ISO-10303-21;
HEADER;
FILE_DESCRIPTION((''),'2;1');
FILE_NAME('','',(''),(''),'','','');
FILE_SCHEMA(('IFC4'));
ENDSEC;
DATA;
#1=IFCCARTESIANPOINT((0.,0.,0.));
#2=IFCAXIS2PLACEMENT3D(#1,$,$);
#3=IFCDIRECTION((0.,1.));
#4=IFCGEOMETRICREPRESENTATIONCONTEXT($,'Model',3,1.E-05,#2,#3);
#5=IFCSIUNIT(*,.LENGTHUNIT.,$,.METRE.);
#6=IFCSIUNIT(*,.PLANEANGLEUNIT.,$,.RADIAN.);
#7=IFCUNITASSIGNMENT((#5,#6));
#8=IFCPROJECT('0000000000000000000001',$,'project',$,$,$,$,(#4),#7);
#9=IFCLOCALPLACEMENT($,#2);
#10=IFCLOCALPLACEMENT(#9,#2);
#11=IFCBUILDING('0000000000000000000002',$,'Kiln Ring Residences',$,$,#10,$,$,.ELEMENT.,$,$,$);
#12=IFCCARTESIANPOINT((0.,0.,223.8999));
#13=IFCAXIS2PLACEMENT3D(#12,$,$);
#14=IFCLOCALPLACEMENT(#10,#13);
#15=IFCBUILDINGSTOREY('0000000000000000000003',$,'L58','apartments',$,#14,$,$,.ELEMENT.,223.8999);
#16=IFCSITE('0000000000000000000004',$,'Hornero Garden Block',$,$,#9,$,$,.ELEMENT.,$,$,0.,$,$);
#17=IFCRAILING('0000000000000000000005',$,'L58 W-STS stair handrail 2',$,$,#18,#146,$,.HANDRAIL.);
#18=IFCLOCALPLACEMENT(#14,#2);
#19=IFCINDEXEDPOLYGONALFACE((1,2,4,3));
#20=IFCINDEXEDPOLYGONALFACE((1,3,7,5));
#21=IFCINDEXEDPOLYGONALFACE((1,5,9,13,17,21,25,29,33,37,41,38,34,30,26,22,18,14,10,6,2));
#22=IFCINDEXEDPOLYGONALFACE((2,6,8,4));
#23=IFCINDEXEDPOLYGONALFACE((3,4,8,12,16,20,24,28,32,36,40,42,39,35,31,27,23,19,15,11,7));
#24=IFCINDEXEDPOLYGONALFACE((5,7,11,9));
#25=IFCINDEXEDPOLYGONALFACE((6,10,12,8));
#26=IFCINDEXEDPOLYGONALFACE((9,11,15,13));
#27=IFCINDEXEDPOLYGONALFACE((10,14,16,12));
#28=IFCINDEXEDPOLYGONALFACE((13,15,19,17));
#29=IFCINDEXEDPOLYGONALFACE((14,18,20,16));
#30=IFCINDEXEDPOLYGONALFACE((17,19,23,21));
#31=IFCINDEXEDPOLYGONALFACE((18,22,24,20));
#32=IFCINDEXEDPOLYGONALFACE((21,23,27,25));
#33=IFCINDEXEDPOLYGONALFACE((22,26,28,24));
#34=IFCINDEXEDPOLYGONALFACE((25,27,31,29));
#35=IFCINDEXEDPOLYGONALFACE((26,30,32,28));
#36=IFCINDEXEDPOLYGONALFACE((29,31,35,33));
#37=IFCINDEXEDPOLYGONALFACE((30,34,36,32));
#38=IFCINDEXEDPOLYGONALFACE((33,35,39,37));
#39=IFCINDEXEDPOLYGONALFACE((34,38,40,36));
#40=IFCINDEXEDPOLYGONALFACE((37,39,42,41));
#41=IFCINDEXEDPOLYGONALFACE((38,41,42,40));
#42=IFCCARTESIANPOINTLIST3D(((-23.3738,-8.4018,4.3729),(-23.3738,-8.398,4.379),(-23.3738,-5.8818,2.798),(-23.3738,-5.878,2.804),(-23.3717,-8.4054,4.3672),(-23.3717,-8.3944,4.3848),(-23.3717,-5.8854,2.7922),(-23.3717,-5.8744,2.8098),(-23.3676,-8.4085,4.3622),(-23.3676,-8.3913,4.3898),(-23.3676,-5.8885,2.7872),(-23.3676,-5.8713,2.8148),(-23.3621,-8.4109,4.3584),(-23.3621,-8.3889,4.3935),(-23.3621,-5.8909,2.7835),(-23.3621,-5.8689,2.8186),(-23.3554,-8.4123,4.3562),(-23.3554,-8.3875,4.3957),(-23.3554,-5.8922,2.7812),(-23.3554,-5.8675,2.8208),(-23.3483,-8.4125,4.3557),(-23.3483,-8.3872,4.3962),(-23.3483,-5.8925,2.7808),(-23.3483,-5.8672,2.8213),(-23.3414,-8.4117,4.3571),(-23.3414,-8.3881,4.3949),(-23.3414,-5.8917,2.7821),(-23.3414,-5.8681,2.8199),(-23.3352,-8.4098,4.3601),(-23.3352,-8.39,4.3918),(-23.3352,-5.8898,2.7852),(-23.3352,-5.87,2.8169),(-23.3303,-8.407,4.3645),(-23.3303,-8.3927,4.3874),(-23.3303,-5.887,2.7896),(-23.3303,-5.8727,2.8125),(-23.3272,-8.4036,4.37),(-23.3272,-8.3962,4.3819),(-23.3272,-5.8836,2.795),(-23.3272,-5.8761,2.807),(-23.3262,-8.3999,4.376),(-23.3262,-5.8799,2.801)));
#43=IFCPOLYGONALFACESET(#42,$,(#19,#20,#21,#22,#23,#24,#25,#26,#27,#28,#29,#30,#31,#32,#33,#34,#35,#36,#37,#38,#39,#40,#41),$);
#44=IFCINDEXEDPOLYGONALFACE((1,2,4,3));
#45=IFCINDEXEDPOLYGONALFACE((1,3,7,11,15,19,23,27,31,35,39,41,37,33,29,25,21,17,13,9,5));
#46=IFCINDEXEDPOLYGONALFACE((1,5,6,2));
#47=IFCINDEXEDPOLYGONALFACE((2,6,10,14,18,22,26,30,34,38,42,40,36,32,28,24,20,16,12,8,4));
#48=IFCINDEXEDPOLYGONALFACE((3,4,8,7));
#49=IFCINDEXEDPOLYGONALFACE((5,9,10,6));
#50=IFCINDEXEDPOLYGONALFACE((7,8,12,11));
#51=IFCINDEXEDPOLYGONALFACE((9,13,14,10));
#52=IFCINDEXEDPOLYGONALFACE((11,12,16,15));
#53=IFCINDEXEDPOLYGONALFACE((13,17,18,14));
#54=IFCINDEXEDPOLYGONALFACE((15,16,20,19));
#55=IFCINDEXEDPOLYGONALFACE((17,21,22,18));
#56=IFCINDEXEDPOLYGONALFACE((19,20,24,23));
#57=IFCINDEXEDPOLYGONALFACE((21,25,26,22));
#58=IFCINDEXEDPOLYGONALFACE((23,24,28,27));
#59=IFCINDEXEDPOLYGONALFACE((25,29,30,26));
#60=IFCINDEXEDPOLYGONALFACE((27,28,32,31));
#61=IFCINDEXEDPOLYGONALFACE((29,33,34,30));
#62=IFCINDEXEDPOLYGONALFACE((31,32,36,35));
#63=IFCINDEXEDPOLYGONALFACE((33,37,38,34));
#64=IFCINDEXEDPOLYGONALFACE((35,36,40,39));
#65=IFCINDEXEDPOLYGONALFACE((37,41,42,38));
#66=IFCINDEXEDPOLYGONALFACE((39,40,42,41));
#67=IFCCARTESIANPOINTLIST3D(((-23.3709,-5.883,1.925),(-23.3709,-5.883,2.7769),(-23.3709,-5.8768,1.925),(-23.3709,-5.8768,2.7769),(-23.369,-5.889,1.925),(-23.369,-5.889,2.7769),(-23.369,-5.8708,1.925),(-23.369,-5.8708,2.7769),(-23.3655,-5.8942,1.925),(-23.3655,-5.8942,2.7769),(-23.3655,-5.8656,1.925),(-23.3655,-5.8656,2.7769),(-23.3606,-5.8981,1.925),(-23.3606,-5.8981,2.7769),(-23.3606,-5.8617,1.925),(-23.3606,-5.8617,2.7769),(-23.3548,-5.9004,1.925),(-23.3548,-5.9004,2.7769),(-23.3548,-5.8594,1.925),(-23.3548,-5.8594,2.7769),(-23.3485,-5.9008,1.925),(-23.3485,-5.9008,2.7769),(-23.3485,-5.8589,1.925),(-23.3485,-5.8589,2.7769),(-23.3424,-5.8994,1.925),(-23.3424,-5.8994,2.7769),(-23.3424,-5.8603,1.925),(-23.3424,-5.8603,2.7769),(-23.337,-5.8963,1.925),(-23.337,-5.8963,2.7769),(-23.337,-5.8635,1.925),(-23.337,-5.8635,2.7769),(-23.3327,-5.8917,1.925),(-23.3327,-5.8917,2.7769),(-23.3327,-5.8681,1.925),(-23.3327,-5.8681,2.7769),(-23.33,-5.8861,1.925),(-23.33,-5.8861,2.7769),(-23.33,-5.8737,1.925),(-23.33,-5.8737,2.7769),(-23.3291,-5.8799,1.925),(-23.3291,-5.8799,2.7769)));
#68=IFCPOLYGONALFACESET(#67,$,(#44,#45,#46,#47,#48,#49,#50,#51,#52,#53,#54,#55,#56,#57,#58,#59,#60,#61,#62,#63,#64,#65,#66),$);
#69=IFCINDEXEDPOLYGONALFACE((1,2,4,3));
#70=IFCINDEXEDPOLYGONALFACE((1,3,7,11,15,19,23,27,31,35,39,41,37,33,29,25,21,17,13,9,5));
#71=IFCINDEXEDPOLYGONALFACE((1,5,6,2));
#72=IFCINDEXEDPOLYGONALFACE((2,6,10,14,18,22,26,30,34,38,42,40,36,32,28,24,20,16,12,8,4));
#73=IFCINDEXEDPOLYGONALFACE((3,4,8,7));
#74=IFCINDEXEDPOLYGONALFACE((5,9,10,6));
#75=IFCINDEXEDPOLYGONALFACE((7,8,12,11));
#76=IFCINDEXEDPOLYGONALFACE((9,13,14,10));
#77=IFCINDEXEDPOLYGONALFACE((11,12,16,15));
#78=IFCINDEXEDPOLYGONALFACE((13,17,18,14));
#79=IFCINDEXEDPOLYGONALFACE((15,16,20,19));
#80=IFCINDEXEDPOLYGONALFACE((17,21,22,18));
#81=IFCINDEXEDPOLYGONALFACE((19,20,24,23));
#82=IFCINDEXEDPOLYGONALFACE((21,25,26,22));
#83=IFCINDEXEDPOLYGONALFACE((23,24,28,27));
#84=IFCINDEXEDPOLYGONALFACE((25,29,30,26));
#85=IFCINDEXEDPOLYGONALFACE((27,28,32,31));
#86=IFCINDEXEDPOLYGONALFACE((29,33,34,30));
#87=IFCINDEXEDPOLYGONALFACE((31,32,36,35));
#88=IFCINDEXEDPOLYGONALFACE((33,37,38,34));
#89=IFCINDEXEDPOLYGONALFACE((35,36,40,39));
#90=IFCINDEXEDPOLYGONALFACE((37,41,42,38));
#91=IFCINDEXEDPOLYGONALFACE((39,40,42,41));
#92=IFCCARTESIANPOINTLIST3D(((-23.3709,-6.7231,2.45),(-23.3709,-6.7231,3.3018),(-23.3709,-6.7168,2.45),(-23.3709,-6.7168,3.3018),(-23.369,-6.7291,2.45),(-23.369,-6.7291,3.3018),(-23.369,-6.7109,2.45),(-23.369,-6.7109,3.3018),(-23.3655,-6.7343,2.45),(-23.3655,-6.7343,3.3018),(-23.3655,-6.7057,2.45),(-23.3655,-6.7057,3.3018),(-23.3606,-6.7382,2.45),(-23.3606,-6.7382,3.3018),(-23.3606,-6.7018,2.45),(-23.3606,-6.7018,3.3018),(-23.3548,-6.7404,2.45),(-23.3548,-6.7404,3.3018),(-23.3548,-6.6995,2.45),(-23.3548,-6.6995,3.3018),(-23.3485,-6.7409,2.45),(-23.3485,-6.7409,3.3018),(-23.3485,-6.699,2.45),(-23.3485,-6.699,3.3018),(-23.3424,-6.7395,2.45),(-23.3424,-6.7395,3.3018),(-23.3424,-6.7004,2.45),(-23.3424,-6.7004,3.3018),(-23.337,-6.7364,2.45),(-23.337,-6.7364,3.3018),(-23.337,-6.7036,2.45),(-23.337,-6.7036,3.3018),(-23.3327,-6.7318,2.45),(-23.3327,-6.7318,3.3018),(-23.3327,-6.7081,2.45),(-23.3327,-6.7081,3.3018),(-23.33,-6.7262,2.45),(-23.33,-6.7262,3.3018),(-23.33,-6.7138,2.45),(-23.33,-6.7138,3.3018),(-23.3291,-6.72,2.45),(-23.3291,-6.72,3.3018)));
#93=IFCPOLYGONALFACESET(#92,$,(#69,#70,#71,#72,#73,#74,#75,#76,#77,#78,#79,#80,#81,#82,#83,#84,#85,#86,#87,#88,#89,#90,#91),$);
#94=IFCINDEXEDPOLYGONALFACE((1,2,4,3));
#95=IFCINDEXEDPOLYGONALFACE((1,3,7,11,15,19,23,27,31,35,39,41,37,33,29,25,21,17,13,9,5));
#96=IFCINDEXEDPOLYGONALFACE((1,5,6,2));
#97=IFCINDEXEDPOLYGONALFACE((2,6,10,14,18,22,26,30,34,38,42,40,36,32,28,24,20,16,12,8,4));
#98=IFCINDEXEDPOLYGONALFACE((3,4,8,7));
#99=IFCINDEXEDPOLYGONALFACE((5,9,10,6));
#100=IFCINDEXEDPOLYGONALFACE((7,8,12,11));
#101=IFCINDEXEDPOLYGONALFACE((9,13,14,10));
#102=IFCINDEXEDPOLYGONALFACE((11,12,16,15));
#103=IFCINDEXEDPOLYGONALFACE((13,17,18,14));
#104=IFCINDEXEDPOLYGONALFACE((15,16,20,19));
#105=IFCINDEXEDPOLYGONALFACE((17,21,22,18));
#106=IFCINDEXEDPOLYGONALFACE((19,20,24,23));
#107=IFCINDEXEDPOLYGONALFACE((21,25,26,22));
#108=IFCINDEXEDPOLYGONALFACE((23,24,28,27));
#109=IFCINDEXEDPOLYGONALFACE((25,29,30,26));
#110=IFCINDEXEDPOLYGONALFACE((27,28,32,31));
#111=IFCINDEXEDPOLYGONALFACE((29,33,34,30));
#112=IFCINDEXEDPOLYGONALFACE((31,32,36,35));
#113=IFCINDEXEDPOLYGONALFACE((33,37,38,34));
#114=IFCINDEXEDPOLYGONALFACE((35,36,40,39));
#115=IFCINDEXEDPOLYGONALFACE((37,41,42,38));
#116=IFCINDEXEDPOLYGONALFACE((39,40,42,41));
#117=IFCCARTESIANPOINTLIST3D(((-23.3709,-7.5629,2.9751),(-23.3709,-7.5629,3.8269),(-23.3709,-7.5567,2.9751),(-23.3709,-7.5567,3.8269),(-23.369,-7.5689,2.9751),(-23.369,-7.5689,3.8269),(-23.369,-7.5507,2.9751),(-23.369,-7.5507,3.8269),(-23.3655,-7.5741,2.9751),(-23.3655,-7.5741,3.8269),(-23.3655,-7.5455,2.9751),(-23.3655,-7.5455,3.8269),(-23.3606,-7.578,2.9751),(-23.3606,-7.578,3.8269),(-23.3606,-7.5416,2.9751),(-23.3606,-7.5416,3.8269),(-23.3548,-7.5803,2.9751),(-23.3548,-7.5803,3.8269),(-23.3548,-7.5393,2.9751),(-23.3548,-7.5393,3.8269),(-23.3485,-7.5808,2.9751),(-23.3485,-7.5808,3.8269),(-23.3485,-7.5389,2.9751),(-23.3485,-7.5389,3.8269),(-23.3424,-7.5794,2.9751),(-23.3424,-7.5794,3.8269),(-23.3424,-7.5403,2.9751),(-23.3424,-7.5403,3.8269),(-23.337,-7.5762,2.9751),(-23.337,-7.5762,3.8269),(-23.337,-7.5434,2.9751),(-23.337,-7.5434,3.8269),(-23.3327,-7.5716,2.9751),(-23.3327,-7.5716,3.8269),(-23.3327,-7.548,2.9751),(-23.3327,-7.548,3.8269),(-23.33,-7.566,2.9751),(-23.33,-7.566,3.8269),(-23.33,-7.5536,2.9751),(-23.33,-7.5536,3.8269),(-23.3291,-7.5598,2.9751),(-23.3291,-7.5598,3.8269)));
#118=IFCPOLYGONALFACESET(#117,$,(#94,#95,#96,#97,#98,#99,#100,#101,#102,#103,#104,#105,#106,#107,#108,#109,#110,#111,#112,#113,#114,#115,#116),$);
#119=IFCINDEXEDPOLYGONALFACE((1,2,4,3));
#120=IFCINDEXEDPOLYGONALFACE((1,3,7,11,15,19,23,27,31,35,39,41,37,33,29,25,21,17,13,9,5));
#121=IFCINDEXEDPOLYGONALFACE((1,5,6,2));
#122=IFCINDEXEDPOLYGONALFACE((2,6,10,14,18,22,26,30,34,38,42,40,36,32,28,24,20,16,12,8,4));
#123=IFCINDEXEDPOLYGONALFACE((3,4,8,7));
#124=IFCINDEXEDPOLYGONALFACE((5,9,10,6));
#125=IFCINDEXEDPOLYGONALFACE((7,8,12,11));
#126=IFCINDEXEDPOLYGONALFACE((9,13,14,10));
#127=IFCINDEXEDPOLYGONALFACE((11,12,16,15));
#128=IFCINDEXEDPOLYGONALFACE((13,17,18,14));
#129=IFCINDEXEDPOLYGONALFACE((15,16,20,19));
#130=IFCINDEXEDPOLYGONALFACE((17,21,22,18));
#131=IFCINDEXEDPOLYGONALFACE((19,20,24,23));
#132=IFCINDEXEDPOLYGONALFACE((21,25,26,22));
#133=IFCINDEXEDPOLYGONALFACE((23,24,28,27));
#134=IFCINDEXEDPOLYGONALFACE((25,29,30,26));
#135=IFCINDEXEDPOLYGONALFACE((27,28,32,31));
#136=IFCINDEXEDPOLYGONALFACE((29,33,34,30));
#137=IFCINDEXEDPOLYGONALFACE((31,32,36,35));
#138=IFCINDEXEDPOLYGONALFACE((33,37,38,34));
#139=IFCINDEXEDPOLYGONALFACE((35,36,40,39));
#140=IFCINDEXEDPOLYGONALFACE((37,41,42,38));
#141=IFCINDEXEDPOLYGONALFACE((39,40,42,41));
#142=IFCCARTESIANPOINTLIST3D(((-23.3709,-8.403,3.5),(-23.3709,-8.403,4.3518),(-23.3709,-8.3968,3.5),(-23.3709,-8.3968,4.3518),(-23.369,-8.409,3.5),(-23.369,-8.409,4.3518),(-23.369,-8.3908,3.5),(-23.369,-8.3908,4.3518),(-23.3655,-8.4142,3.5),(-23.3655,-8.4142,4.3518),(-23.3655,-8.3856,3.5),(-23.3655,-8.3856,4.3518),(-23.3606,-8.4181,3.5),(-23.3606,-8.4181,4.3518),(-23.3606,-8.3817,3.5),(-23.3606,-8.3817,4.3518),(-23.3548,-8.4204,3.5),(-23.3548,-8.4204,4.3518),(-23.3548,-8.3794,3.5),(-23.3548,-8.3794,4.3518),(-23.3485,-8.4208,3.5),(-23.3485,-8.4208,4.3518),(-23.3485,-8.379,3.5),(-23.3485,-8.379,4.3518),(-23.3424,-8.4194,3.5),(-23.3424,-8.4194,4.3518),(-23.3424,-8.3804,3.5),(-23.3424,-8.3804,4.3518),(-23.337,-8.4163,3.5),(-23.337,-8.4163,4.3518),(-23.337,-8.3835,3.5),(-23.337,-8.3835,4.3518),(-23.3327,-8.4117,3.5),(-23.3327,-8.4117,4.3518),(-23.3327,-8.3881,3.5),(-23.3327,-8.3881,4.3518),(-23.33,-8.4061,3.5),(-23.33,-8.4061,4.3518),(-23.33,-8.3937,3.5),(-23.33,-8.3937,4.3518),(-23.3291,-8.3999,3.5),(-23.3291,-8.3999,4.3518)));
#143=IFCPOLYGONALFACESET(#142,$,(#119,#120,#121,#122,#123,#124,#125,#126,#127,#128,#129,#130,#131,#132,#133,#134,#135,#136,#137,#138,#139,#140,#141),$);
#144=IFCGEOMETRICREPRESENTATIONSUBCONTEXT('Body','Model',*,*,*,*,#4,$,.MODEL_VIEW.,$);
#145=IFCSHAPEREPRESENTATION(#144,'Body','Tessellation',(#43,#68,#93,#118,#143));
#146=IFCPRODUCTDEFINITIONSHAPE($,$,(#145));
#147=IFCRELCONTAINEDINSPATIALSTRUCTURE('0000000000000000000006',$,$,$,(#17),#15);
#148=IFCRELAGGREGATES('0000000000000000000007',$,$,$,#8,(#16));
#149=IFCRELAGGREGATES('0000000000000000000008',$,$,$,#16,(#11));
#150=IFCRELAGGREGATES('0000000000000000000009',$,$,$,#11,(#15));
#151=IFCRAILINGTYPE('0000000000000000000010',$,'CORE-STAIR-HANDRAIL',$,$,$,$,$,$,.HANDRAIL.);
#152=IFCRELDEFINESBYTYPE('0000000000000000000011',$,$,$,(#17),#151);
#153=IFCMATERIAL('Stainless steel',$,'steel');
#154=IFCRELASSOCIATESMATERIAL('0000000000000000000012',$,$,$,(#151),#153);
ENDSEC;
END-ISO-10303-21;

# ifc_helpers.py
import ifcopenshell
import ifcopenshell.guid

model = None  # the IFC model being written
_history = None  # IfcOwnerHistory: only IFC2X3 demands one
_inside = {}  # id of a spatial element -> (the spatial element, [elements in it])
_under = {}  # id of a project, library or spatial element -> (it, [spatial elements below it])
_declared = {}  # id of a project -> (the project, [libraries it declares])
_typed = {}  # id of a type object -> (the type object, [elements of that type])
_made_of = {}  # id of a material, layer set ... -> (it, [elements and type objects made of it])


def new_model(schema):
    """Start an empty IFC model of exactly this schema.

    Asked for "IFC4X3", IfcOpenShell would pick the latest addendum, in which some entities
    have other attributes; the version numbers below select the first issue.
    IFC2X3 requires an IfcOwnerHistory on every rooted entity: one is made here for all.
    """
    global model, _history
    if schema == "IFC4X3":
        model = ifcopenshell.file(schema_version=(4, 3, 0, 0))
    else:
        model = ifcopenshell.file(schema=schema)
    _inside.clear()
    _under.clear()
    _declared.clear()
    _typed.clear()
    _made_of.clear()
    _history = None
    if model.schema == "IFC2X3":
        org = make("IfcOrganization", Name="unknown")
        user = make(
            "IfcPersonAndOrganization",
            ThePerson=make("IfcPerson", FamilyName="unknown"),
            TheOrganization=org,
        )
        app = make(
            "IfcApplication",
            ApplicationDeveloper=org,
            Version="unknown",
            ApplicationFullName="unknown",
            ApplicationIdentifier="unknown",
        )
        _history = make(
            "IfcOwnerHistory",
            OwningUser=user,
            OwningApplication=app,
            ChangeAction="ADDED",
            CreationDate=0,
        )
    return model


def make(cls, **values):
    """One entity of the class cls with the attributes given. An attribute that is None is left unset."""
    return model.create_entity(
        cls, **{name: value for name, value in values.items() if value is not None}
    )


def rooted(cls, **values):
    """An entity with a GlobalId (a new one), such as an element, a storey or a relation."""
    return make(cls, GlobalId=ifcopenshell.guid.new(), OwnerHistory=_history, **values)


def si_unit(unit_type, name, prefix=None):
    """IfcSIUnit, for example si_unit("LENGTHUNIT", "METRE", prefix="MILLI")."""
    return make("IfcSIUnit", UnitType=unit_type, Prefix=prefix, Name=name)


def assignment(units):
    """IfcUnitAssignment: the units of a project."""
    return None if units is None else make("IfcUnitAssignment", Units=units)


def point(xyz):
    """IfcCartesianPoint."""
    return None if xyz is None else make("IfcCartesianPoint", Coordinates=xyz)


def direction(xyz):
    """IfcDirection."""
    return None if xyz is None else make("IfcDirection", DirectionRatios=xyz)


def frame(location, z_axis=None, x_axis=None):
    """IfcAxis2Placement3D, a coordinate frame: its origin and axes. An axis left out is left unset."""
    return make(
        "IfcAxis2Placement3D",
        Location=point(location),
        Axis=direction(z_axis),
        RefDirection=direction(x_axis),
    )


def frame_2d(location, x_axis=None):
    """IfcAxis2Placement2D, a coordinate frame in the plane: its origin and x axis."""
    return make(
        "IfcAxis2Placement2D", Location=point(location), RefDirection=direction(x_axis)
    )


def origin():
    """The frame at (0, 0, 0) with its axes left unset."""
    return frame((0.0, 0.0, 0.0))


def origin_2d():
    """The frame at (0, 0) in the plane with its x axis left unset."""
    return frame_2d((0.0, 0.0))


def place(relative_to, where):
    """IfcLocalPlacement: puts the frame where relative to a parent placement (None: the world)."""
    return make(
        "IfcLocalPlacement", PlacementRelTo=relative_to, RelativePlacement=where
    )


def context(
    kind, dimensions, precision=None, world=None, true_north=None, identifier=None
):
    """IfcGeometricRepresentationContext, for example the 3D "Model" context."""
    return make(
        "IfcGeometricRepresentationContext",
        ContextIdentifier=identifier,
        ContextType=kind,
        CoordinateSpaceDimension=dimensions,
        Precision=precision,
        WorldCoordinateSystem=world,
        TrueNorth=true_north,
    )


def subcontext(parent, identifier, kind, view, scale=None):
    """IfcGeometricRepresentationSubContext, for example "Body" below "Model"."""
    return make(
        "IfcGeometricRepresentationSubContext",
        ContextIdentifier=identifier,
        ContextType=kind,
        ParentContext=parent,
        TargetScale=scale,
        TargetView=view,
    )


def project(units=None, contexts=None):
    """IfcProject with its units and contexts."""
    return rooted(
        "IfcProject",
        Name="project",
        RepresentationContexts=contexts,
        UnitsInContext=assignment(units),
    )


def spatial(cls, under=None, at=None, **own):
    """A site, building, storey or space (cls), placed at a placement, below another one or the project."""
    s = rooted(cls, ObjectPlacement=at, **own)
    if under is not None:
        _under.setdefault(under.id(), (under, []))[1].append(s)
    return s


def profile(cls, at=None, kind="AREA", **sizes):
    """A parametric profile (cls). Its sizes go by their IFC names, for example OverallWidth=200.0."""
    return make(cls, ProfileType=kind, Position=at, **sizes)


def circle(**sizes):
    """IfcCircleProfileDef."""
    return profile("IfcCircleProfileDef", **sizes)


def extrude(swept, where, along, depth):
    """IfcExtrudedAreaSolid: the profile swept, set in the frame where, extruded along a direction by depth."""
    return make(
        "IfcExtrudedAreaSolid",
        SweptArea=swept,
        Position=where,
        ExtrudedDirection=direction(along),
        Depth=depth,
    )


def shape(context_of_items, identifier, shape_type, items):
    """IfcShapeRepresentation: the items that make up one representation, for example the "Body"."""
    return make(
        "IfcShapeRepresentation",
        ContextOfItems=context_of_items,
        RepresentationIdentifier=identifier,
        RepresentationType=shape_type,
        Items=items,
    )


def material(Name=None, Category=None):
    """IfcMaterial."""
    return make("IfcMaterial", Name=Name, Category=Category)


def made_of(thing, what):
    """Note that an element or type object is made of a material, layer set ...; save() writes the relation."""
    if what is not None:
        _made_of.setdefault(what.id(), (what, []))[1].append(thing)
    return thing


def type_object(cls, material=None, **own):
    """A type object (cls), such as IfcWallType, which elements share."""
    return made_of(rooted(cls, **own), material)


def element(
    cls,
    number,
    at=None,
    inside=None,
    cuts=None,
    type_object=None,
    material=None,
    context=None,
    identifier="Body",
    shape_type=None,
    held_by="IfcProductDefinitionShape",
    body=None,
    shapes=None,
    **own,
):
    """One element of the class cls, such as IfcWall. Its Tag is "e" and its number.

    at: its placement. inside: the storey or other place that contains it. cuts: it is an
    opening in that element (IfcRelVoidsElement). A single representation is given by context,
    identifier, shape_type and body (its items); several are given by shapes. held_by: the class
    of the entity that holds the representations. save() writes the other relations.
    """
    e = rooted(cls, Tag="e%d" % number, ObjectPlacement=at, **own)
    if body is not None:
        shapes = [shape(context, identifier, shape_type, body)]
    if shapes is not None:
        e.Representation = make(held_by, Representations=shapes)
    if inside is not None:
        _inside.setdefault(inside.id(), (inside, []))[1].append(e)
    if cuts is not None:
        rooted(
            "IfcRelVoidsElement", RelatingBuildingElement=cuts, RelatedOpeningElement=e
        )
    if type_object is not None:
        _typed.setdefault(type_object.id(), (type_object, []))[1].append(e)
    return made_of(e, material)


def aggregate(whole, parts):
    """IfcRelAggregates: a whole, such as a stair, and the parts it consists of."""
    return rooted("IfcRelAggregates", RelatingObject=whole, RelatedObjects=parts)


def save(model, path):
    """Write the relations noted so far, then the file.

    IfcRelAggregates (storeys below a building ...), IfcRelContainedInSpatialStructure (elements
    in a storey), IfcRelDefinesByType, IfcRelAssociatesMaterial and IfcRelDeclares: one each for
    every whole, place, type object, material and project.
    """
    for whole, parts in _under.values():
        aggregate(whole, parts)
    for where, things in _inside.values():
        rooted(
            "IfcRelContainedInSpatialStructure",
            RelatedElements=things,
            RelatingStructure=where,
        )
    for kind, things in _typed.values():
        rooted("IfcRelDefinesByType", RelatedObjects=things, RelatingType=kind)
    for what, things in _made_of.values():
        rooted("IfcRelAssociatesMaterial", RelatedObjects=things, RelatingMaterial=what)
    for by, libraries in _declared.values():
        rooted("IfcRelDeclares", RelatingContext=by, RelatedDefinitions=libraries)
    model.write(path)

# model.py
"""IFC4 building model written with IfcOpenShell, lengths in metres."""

from ifc_helpers import new_model, si_unit, direction, frame, origin, origin_2d, place, context, subcontext, project, spatial, circle, extrude, material, type_object, element, save


model = new_model("IFC4")

# Units and contexts
model_context = context("Model", 3, precision=1e-05, world=origin(), true_north=direction((0.0, 1.0)))
body_context = subcontext(model_context, "Body", "Model", "MODEL_VIEW")
ifc_project = project(units=[si_unit("LENGTHUNIT", "METRE"), si_unit("PLANEANGLEUNIT", "RADIAN")], contexts=[model_context])

# Site, building, storey
site_placement = place(None, origin())
site = spatial("IfcSite", under=ifc_project, at=site_placement, Name="Hornero Garden Block", CompositionType="ELEMENT", RefElevation=0.0)
building_placement = place(site_placement, origin())
building = spatial("IfcBuilding", under=site, at=building_placement, Name="Kiln Ring Residences", CompositionType="ELEMENT")
storey_placement = place(building_placement, frame((0.0, 0.0, 223.8999)))
storey = spatial("IfcBuildingStorey", under=building, at=storey_placement, Name="L58", Description="apartments", CompositionType="ELEMENT", Elevation=223.8999)

# Railing
ifc_material_1 = material(Name="Stainless steel", Category="steel")
railing_type_1 = type_object("IfcRailingType", Name="CORE-STAIR-HANDRAIL", PredefinedType="HANDRAIL", material=ifc_material_1)
railing_1_placement = place(storey_placement, frame((-23.3501, -5.8799, 1.925)))
element("IfcRailing", 1, at=railing_1_placement, inside=storey, type_object=railing_type_1, Name="L58 W-STS stair handrail 2", PredefinedType="HANDRAIL", context=body_context, shape_type="SweptSolid", body=[
    extrude(circle(Radius=0.0239, at=origin_2d()), frame((0.0, 0.0, 0.876), z_axis=(0.0, -0.848008, 0.529984), x_axis=(1.0, 0.0, 0.0)), (0.0, 0.0, 1.0), 2.9717),
    extrude(circle(Radius=0.021, at=origin_2d()), origin(), (0.0, 0.0, 1.0), 0.8518),
    extrude(circle(Radius=0.021, at=origin_2d()), frame((0.0, -0.8401, 0.5249)), (0.0, 0.0, 1.0), 0.8518),
    extrude(circle(Radius=0.021, at=origin_2d()), frame((0.0, -1.6799, 1.05)), (0.0, 0.0, 1.0), 0.8518),
    extrude(circle(Radius=0.021, at=origin_2d()), frame((0.0, -2.52, 1.575)), (0.0, 0.0, 1.0), 0.8518),
])

save(model, "model.ifc")
